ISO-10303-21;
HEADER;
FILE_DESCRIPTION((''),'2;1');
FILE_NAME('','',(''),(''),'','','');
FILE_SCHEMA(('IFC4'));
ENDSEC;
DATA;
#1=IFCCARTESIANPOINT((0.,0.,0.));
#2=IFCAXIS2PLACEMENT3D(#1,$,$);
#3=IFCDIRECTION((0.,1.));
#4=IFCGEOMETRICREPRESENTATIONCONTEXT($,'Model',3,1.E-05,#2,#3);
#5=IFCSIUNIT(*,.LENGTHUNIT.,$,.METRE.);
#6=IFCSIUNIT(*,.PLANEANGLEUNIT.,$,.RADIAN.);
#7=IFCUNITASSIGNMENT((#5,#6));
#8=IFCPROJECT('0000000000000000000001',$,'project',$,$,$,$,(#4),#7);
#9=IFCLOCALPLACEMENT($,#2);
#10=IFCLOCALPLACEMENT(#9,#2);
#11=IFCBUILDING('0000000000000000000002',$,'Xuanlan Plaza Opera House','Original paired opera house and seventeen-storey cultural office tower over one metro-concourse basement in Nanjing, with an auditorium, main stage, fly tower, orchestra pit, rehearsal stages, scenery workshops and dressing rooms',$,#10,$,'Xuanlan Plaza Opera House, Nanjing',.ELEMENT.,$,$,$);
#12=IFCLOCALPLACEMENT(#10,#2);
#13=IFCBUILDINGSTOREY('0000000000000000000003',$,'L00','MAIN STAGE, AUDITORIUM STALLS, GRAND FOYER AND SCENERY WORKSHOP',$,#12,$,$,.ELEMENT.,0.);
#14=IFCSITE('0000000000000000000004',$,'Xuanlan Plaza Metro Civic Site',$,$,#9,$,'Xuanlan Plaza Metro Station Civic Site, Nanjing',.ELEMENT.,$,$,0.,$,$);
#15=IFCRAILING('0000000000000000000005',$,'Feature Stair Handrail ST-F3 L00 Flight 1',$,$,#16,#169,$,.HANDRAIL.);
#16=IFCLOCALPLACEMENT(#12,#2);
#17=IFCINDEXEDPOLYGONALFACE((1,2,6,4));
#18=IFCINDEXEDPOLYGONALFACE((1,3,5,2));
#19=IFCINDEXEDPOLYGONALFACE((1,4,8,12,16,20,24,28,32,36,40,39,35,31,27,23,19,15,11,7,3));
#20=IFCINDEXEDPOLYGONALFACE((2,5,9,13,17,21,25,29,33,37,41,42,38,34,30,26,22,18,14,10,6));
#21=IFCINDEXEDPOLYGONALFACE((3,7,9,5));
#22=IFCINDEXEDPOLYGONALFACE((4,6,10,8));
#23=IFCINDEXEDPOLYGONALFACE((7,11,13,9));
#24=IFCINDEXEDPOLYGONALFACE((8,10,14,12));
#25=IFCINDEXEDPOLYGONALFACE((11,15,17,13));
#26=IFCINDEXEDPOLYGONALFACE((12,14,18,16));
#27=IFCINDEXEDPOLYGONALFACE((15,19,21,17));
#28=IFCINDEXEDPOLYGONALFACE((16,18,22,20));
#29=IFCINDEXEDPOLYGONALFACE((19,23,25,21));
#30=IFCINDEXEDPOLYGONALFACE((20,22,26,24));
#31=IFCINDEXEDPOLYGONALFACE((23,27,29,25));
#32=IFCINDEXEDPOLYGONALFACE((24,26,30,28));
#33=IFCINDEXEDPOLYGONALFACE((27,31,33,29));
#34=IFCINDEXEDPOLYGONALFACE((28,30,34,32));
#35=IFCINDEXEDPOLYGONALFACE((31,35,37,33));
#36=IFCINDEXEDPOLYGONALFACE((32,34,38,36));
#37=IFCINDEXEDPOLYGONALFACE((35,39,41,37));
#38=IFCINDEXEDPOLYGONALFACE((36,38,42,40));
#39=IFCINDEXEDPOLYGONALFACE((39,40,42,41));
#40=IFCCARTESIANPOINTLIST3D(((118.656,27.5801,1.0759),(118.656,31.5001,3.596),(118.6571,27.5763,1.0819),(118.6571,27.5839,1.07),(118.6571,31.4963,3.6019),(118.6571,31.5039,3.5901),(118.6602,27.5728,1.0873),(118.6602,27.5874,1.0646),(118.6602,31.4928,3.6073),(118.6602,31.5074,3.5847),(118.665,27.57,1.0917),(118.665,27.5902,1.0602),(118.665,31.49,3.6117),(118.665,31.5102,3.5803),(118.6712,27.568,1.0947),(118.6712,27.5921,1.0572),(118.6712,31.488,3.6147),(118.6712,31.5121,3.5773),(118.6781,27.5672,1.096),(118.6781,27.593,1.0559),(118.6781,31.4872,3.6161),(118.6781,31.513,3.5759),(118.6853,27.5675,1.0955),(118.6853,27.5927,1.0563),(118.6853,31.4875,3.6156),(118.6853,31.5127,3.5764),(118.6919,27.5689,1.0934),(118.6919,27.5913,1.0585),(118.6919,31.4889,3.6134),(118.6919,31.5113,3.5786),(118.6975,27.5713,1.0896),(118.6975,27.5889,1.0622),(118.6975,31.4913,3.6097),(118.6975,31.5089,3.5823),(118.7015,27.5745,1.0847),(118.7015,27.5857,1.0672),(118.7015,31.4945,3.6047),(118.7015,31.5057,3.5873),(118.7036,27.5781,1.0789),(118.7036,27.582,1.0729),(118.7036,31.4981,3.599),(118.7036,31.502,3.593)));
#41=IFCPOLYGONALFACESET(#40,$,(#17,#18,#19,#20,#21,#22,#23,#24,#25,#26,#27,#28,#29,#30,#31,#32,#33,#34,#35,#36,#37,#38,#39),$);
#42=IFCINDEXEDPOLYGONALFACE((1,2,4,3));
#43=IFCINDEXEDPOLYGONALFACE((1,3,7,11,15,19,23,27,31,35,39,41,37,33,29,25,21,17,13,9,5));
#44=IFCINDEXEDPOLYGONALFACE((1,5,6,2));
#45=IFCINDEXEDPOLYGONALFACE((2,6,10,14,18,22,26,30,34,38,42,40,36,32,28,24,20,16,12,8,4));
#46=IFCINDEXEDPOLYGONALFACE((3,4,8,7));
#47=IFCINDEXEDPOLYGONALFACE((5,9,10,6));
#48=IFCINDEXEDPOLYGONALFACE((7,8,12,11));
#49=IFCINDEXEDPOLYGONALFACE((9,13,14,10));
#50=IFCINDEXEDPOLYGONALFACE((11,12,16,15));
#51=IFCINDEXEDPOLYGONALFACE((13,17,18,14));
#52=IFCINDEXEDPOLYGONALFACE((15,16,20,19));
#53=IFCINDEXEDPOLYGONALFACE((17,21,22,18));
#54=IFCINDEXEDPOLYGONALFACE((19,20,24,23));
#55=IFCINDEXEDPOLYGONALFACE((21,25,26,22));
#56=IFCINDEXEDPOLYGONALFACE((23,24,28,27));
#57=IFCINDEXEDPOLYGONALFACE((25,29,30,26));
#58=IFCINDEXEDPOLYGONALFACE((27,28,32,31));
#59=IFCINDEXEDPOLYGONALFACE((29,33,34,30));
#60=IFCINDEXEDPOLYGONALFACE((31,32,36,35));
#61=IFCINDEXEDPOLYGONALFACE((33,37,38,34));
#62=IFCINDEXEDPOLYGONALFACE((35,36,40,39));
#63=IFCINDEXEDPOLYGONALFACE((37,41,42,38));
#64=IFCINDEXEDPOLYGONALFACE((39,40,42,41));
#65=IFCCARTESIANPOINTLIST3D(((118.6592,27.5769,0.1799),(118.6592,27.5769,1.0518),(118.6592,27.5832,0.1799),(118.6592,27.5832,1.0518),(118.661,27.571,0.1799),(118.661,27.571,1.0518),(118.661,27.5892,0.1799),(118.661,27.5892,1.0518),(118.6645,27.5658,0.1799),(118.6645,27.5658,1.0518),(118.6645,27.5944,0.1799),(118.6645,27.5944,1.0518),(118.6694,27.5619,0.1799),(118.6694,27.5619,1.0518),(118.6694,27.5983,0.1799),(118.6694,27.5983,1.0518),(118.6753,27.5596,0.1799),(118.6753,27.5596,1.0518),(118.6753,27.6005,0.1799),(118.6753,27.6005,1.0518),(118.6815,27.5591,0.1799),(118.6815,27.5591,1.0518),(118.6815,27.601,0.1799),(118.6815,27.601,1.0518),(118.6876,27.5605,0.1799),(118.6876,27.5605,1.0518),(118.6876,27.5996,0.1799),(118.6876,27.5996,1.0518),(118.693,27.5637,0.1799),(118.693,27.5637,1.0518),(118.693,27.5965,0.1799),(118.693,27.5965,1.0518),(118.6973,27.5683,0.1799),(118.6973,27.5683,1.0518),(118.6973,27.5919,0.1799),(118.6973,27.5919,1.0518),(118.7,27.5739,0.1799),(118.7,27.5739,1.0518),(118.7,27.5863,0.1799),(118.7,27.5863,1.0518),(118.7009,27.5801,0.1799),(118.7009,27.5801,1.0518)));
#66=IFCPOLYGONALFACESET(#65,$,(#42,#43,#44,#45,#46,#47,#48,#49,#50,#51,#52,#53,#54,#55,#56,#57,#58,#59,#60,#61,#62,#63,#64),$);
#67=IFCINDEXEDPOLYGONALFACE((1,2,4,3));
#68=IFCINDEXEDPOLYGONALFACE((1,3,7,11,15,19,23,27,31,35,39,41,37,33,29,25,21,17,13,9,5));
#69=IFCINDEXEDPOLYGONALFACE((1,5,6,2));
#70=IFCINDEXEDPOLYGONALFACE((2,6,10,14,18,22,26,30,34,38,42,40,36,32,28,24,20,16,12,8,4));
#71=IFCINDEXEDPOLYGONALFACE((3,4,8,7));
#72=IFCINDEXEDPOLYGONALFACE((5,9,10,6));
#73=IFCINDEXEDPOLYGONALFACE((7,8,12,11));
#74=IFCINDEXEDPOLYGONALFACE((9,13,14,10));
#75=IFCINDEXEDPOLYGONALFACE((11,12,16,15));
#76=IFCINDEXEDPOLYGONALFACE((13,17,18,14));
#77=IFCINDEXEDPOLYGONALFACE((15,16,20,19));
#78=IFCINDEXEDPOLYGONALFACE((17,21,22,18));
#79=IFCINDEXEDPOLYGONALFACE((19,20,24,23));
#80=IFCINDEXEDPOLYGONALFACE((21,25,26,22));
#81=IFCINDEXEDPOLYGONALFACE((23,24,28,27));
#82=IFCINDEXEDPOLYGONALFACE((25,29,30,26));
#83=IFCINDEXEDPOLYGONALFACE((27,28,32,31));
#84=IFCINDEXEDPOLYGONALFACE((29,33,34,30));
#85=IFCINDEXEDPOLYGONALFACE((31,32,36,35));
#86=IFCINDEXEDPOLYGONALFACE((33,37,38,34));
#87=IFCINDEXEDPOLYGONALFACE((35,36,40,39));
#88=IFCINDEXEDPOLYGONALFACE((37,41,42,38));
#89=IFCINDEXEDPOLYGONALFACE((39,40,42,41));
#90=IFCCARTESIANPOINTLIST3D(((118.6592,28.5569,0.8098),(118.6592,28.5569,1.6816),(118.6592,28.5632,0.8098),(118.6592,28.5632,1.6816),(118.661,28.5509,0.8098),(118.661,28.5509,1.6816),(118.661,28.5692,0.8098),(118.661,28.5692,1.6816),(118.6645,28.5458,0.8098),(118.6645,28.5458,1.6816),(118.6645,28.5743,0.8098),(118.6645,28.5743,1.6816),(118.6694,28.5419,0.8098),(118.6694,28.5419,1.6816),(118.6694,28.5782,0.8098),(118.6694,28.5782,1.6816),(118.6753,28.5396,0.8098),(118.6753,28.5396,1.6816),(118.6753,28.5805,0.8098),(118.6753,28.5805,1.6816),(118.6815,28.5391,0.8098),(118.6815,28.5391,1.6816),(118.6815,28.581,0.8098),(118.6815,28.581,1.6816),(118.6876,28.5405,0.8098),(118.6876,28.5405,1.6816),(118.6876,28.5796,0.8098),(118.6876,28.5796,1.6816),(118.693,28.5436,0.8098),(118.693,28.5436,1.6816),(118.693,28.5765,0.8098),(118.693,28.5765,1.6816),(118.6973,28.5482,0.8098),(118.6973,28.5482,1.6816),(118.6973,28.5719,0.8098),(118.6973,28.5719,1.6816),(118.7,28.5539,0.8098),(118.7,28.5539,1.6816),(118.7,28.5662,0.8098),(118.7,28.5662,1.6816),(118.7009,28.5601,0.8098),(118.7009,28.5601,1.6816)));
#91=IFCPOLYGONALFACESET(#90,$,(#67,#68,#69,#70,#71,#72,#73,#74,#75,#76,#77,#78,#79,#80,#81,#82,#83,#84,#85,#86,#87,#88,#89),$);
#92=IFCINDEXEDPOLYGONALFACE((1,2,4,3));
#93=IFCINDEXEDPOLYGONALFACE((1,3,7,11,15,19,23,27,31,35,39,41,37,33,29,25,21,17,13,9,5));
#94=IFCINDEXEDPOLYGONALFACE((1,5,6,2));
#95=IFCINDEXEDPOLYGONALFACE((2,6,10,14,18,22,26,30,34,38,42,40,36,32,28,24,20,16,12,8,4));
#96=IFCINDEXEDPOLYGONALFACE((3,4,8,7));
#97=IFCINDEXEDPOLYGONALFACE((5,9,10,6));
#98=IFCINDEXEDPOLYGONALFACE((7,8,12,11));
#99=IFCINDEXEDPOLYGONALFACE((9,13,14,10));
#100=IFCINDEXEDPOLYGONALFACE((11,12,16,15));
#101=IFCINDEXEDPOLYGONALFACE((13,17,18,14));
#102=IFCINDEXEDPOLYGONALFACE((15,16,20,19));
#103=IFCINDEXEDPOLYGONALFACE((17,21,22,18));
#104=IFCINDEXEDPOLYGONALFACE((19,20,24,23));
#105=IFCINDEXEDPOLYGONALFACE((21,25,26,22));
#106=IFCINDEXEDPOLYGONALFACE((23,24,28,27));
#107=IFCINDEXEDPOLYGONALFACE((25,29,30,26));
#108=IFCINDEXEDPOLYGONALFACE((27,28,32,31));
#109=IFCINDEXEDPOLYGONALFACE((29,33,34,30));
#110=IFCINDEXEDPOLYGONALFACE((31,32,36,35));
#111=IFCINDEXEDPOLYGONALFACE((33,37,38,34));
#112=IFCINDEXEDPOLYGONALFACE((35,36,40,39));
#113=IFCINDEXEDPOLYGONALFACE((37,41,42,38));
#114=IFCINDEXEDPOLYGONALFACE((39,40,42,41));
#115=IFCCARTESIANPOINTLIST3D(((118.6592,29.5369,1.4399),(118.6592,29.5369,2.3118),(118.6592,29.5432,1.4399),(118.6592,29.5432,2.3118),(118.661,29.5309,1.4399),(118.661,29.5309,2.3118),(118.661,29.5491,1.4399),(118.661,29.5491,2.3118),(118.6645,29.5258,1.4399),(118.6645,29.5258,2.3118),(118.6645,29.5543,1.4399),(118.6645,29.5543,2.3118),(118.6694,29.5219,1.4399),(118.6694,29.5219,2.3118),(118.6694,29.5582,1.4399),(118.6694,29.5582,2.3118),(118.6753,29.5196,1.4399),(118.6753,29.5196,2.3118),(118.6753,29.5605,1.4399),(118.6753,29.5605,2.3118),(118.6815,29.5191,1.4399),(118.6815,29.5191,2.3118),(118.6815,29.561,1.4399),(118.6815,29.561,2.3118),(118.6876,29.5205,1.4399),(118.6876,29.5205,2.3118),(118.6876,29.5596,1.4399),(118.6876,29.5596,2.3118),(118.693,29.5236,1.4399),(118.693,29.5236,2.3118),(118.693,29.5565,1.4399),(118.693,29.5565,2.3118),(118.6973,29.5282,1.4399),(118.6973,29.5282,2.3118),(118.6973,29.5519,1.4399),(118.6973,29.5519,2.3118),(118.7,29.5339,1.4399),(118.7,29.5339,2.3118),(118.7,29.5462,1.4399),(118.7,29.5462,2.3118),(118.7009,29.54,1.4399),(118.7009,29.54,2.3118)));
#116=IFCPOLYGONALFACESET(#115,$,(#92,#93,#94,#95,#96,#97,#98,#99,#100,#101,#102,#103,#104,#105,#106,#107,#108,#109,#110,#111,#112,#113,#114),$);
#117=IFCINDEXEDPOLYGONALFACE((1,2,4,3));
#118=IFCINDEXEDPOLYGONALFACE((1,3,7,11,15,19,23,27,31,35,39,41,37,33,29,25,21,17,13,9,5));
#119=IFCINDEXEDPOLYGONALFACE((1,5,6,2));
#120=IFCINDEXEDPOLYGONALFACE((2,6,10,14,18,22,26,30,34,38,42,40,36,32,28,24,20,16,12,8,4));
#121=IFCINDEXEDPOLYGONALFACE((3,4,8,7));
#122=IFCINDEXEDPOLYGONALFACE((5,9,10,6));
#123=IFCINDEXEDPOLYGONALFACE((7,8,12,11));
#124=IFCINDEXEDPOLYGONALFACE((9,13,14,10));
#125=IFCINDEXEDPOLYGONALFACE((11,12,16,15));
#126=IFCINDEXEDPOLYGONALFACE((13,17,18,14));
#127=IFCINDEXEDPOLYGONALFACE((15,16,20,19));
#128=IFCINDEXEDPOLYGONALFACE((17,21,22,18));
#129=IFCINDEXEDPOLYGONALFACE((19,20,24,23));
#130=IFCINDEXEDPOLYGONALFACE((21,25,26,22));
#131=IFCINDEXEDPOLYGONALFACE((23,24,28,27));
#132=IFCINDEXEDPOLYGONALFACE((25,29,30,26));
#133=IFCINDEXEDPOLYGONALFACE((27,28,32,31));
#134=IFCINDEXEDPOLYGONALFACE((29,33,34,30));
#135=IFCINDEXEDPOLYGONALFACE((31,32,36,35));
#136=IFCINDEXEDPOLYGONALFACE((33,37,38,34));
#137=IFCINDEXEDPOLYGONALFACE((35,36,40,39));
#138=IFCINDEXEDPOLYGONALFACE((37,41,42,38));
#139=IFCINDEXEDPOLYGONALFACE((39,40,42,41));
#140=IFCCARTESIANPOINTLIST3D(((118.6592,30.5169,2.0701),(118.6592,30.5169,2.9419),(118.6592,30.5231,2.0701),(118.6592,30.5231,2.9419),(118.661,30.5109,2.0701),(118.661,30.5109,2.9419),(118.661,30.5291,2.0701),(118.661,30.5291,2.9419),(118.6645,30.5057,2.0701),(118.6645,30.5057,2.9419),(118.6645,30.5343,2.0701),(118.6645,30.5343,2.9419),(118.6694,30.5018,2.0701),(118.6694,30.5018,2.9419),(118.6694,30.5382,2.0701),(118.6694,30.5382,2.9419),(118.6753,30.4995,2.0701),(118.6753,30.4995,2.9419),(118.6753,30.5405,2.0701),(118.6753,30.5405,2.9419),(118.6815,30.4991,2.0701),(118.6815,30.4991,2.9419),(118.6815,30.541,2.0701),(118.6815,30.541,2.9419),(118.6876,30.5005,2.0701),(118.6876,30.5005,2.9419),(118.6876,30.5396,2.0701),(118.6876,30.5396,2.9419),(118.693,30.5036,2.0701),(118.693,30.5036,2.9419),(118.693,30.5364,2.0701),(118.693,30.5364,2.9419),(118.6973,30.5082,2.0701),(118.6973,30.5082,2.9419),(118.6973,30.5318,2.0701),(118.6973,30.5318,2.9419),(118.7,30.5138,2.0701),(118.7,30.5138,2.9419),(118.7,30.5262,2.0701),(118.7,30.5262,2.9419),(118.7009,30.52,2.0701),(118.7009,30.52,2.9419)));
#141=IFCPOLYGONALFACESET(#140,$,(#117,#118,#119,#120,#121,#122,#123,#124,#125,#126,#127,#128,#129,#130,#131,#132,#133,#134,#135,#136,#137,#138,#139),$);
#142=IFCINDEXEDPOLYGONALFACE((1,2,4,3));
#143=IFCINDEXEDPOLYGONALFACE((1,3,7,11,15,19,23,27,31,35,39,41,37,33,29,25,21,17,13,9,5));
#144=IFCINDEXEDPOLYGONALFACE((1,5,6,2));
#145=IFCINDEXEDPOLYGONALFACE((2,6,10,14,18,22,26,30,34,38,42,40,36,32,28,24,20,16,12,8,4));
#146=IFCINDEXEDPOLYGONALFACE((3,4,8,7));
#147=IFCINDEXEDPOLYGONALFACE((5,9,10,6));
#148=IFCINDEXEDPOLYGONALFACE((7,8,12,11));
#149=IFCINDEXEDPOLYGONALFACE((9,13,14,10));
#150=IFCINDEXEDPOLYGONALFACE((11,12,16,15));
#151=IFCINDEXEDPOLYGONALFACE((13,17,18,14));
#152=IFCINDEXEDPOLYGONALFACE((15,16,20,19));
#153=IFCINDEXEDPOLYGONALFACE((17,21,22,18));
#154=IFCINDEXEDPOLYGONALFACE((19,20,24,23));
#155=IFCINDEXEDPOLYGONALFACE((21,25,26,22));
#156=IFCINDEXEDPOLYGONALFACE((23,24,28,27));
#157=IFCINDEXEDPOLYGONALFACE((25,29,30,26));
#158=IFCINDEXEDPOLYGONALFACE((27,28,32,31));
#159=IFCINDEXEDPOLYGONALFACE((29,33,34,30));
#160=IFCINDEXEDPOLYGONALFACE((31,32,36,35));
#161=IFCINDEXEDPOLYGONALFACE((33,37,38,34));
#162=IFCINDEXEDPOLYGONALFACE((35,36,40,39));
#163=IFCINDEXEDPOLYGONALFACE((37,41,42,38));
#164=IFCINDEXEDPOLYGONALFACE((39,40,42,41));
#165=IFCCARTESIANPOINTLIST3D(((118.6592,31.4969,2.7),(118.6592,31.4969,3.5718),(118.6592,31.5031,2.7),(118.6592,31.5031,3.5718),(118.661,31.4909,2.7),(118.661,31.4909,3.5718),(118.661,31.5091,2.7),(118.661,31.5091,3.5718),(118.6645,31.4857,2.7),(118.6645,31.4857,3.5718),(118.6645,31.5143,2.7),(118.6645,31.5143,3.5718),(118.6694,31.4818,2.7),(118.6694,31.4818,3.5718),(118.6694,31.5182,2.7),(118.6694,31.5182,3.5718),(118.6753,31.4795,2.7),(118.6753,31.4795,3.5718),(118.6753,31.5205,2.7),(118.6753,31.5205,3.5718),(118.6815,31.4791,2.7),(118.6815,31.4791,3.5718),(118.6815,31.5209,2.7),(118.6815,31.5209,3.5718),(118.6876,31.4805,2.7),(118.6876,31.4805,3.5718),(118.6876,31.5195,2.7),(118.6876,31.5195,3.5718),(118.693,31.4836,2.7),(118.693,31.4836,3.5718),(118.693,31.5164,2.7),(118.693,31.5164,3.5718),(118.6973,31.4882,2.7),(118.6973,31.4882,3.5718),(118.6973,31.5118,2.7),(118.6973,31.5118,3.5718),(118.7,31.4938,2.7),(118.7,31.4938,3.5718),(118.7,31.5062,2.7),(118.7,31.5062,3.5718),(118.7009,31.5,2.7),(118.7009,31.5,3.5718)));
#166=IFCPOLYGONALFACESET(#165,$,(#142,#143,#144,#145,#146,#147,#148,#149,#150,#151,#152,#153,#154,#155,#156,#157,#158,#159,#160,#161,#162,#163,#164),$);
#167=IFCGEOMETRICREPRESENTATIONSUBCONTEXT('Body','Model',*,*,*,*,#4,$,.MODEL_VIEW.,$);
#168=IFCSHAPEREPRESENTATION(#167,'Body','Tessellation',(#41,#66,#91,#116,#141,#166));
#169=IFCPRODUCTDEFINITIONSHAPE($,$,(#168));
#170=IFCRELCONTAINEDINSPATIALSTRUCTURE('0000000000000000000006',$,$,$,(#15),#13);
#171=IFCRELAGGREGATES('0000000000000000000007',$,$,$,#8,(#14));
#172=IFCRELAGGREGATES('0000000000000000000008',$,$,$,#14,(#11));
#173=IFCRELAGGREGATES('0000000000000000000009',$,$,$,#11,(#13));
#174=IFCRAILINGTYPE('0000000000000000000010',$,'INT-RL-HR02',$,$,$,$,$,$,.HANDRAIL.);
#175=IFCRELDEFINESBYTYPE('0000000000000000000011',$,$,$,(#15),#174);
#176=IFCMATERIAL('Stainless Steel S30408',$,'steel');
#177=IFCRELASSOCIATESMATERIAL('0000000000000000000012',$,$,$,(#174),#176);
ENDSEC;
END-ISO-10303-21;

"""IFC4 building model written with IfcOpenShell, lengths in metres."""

from ifc_helpers import new_model, si_unit, direction, frame, origin, origin_2d, place, context, subcontext, project, spatial, circle, extrude, material, type_object, element, save


model = new_model("IFC4")

# Units and contexts
model_context = context("Model", 3, precision=1e-05, world=origin(), true_north=direction((0.0, 1.0)))
body_context = subcontext(model_context, "Body", "Model", "MODEL_VIEW")
ifc_project = project(units=[si_unit("LENGTHUNIT", "METRE"), si_unit("PLANEANGLEUNIT", "RADIAN")], contexts=[model_context])

# Site, building, storey
site_placement = place(None, origin())
site = spatial("IfcSite", under=ifc_project, at=site_placement, Name="Xuanlan Plaza Metro Civic Site", LongName="Xuanlan Plaza Metro Station Civic Site, Nanjing", CompositionType="ELEMENT", RefElevation=0.0)
building_placement = place(site_placement, origin())
building = spatial("IfcBuilding", under=site, at=building_placement, Name="Xuanlan Plaza Opera House", Description="Original paired opera house and seventeen-storey cultural office tower over one metro-concourse basement in Nanjing, with an auditorium, main stage, fly tower, orchestra pit, rehearsal stages, scenery workshops and dressing rooms", LongName="Xuanlan Plaza Opera House, Nanjing", CompositionType="ELEMENT")
storey_placement = place(building_placement, origin())
storey = spatial("IfcBuildingStorey", under=building, at=storey_placement, Name="L00", Description="MAIN STAGE, AUDITORIUM STALLS, GRAND FOYER AND SCENERY WORKSHOP", CompositionType="ELEMENT", Elevation=0.0)

# Railing
ifc_material_1 = material(Name="Stainless Steel S30408", Category="steel")
railing_type = type_object("IfcRailingType", Name="INT-RL-HR02", PredefinedType="HANDRAIL", material=ifc_material_1)
railing_placement = place(storey_placement, frame((118.6799, 27.5801, 0.1799)))
element("IfcRailing", 1, at=railing_placement, inside=storey, type_object=railing_type, Name="Feature Stair Handrail ST-F3 L00 Flight 1", PredefinedType="HANDRAIL", context=body_context, shape_type="SweptSolid", body=[
    extrude(circle(Radius=0.0239, at=origin_2d()), frame((0.0, 0.0, 0.896), z_axis=(0.0, 0.841172, 0.540768), x_axis=(-1.0, 0.0, 0.0)), (0.0, 0.0, 1.0), 4.6602),
    extrude(circle(Radius=0.021, at=origin_2d()), origin(), (0.0, 0.0, 1.0), 0.8718),
    extrude(circle(Radius=0.021, at=origin_2d()), frame((0.0, 0.98, 0.6299)), (0.0, 0.0, 1.0), 0.8718),
    extrude(circle(Radius=0.021, at=origin_2d()), frame((0.0, 1.96, 1.26)), (0.0, 0.0, 1.0), 0.8718),
    extrude(circle(Radius=0.021, at=origin_2d()), frame((0.0, 2.9399, 1.8901)), (0.0, 0.0, 1.0), 0.8718),
    extrude(circle(Radius=0.021, at=origin_2d()), frame((0.0, 3.9199, 2.52)), (0.0, 0.0, 1.0), 0.8718),
])

save(model, "model.ifc")
